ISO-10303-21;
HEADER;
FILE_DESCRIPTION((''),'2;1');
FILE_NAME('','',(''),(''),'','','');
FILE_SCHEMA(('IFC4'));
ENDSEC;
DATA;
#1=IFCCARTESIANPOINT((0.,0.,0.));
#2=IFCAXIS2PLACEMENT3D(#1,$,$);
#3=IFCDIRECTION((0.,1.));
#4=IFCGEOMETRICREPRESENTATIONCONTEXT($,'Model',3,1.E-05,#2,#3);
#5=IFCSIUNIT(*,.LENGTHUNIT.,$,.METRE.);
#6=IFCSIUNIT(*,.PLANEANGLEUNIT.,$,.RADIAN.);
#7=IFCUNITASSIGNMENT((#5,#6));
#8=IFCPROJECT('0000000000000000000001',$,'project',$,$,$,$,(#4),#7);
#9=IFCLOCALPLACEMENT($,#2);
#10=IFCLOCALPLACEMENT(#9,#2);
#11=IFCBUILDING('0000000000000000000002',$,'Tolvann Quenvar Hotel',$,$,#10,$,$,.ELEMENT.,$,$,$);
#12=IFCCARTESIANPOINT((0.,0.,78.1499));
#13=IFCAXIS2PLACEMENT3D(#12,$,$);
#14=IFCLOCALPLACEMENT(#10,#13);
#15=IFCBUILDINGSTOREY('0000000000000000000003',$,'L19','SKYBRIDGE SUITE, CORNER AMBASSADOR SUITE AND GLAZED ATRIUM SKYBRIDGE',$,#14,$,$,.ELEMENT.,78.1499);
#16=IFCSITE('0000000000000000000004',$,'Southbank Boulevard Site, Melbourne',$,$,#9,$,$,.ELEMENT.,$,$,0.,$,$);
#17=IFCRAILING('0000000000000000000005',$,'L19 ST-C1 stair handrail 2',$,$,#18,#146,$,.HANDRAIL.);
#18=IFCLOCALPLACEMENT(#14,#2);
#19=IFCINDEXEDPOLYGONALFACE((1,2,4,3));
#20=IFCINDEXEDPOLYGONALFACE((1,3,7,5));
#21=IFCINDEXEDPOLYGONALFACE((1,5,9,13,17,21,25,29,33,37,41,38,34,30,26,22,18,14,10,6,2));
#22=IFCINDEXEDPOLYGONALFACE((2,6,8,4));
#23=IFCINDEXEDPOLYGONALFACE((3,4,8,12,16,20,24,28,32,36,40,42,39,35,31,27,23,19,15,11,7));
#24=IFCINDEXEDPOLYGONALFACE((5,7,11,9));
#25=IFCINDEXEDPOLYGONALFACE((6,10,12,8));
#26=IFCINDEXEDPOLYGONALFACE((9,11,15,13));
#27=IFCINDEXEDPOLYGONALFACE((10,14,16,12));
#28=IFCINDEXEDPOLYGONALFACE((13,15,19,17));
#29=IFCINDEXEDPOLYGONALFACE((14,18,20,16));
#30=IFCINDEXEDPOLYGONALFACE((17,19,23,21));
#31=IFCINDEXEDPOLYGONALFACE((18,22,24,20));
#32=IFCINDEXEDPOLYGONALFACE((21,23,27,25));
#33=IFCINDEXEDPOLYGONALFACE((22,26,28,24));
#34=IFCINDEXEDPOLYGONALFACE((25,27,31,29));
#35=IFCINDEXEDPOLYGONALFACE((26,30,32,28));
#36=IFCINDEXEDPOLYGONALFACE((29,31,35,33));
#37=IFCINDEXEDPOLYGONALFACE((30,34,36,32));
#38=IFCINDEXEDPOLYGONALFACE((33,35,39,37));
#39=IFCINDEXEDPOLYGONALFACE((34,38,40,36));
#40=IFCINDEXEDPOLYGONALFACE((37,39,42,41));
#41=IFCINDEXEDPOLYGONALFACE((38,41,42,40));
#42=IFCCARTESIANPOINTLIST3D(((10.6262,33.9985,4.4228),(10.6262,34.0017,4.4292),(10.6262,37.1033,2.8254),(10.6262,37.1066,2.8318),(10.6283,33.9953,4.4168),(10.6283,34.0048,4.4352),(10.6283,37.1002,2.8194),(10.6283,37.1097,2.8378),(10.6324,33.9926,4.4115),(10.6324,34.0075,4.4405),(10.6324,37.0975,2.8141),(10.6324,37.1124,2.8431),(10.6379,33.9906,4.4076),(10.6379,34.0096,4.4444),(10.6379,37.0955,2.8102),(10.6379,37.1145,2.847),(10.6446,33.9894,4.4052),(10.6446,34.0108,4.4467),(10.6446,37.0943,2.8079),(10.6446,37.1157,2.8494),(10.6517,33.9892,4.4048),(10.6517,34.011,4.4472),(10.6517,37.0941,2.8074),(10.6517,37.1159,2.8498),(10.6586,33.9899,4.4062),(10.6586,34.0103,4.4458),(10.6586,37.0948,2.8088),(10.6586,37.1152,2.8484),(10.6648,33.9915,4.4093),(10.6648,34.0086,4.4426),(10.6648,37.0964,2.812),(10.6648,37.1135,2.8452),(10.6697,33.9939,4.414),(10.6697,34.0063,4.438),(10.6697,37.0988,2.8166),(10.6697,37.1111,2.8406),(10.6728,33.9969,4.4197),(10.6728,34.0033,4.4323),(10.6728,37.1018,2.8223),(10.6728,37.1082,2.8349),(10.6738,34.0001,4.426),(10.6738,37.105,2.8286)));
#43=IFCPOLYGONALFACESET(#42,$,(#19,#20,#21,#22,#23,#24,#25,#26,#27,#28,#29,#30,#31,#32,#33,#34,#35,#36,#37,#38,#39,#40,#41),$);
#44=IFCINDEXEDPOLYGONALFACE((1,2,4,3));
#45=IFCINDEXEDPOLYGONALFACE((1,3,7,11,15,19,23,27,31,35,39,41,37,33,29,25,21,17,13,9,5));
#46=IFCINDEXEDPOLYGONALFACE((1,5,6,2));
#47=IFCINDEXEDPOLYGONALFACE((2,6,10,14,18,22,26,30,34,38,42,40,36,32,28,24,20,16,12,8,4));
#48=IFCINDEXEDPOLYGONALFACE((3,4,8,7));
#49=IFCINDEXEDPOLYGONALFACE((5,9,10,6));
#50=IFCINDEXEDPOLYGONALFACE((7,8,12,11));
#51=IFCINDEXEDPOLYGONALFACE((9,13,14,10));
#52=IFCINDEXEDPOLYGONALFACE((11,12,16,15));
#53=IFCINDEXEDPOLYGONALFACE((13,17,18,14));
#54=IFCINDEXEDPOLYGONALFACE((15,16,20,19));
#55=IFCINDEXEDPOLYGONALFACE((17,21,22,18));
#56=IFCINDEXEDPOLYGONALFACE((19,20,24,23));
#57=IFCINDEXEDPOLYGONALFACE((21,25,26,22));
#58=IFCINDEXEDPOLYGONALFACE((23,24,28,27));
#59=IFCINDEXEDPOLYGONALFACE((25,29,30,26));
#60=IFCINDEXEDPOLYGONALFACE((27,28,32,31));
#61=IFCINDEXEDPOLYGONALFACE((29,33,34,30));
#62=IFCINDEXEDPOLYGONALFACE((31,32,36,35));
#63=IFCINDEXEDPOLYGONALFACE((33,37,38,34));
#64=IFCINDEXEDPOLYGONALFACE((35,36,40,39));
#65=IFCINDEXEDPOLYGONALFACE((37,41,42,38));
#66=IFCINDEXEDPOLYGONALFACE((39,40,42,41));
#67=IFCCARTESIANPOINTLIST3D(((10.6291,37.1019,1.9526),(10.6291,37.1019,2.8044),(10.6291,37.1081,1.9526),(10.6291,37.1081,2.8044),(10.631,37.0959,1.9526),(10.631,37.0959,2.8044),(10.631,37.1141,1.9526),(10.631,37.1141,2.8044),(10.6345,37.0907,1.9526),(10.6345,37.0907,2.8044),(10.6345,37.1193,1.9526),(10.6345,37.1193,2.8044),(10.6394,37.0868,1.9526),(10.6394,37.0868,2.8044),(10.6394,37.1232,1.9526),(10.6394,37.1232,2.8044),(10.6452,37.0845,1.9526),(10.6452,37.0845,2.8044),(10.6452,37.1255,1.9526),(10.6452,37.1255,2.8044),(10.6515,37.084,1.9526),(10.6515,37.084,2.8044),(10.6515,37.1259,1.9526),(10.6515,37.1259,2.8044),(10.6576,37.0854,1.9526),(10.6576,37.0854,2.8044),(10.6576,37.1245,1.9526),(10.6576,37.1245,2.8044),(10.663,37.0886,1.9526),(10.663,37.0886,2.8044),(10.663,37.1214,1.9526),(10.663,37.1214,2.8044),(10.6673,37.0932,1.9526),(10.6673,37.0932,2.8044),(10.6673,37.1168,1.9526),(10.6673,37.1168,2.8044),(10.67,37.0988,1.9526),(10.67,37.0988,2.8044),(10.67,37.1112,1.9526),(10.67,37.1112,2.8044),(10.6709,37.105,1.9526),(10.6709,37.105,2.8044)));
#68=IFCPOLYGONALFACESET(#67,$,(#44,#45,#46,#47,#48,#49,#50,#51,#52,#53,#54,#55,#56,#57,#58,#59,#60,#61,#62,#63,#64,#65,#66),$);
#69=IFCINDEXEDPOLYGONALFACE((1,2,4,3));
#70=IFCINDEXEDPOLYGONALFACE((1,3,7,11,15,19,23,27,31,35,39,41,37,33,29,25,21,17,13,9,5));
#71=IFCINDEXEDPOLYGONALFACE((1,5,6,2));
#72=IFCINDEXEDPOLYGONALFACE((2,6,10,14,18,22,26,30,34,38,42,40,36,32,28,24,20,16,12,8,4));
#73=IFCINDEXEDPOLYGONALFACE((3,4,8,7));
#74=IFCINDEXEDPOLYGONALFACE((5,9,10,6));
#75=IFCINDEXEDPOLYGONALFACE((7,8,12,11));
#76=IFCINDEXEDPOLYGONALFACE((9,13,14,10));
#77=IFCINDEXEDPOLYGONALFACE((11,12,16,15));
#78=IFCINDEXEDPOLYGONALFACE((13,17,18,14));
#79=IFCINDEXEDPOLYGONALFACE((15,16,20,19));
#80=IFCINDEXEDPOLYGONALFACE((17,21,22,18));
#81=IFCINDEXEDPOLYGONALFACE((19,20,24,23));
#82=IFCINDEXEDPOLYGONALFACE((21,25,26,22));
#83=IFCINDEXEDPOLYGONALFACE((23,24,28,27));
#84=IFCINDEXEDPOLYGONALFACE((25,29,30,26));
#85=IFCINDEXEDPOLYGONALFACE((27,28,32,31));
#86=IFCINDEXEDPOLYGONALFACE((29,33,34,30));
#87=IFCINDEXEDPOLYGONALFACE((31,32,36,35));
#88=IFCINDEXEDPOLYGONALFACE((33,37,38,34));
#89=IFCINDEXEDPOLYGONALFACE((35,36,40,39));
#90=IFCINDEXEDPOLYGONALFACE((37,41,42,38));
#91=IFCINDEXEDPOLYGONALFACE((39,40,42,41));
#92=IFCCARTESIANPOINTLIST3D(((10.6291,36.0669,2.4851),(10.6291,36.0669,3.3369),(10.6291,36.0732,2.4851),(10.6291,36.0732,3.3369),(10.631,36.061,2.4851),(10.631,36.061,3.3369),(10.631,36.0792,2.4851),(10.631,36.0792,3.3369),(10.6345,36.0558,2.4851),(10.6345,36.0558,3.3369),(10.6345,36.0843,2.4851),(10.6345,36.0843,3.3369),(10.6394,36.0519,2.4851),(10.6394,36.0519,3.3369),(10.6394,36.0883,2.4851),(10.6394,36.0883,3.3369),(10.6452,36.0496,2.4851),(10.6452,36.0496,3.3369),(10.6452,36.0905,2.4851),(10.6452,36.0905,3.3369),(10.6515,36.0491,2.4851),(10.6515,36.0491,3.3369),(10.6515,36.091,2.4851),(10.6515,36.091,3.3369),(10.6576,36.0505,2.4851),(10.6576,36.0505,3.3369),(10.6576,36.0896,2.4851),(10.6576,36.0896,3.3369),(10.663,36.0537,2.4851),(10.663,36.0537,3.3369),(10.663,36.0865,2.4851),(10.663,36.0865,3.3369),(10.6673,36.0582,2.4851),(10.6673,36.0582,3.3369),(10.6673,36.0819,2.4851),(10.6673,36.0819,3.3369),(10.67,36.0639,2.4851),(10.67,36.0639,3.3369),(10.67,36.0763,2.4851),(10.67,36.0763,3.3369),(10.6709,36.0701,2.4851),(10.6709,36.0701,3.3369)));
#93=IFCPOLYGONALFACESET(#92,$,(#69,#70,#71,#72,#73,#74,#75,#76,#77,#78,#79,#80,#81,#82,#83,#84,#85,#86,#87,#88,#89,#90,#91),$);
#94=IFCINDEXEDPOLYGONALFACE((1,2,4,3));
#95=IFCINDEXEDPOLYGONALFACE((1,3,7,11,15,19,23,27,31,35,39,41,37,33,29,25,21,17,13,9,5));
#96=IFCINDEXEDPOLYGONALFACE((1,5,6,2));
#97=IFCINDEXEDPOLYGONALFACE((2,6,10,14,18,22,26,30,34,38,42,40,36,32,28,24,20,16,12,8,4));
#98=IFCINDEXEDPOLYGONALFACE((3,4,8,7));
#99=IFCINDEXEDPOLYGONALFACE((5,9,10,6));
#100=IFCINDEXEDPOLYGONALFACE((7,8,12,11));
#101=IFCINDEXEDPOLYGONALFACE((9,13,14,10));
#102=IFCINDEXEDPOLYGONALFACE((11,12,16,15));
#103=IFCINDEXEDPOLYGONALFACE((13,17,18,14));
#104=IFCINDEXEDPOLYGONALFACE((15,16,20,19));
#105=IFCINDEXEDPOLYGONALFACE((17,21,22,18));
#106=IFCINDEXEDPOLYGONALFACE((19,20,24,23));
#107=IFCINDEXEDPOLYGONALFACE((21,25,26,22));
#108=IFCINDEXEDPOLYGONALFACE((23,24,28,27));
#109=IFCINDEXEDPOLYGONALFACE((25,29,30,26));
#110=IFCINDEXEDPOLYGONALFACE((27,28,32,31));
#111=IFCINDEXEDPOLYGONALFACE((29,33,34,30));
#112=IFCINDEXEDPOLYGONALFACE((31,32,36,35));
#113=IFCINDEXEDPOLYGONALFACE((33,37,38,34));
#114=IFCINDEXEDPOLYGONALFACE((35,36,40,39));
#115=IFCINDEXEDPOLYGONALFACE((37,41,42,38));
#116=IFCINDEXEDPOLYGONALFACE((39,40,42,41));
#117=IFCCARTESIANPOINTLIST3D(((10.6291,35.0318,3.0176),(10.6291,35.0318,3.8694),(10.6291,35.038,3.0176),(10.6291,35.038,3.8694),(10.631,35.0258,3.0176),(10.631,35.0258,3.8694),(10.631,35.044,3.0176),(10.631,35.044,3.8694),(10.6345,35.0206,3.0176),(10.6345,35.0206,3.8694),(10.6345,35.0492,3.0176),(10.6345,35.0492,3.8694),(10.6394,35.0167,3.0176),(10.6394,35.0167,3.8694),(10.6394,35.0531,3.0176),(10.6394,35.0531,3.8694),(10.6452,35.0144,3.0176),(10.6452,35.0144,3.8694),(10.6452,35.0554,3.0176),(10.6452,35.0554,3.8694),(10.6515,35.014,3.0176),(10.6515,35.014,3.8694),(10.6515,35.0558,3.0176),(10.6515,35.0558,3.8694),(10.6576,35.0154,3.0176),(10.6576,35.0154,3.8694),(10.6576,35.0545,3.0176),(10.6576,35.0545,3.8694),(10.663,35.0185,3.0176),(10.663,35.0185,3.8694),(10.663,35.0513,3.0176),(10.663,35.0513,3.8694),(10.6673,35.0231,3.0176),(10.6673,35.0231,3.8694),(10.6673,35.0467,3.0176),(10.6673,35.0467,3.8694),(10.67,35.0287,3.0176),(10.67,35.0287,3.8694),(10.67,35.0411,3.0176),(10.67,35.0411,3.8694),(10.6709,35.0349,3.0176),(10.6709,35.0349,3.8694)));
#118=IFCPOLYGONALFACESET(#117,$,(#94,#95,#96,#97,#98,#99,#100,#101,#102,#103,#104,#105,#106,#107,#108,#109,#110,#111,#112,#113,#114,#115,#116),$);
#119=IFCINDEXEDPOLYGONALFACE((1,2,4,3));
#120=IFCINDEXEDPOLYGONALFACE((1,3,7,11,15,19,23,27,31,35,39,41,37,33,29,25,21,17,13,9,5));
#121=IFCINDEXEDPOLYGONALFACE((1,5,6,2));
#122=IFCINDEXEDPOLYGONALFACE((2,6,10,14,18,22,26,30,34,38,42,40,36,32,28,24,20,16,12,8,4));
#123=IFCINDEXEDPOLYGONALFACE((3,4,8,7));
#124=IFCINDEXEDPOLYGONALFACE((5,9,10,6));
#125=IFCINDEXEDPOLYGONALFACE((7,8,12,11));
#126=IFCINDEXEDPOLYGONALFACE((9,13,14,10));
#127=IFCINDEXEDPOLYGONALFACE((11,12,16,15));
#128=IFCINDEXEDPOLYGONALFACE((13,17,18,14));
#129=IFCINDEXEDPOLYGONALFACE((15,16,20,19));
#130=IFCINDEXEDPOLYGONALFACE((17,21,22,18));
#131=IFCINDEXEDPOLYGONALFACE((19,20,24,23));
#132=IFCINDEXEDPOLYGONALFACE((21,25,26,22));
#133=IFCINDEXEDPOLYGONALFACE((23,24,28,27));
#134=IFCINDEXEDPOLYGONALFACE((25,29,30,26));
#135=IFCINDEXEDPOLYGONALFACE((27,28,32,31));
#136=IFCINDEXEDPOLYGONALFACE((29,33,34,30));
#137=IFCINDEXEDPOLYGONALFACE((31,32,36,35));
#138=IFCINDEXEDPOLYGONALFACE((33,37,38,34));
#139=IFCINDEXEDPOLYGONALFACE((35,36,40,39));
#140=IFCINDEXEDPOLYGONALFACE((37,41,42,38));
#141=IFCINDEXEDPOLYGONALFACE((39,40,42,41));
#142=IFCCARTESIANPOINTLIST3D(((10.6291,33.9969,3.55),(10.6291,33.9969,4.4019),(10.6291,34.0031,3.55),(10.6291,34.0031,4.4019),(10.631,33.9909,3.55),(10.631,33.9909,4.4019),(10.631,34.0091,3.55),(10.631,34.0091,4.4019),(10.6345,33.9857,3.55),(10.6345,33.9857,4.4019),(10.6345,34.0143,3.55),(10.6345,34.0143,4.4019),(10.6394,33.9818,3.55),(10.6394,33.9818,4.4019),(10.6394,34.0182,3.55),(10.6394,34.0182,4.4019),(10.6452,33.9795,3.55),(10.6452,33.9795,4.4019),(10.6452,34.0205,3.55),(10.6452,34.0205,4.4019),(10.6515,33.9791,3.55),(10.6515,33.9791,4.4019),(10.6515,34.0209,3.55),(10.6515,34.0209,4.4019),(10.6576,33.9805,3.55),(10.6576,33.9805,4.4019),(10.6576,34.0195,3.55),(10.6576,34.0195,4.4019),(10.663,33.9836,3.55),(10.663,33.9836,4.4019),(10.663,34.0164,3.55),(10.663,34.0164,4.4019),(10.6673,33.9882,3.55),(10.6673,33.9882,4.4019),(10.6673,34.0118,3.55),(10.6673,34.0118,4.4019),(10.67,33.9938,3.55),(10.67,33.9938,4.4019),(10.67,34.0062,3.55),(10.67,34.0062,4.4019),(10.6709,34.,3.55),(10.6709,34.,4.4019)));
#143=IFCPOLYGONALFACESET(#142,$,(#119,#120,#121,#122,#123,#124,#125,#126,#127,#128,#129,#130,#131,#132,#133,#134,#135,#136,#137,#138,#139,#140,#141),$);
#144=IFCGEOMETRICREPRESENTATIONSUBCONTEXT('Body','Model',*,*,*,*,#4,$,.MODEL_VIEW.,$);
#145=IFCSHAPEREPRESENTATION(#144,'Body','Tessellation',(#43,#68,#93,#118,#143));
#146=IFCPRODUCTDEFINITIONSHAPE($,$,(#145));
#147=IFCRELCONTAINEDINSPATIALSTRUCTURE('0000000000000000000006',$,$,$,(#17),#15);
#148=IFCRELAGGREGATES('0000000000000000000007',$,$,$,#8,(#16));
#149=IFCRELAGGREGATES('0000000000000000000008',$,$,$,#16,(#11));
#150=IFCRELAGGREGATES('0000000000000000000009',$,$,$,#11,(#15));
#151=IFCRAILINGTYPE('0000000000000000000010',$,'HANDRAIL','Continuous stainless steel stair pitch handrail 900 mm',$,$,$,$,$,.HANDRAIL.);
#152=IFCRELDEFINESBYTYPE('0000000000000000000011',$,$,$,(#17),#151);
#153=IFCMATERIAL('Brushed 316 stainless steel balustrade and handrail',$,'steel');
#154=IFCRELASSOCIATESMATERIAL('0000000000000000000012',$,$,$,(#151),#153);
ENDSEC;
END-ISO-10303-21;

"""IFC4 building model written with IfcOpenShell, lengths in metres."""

from ifc_helpers import new_model, si_unit, direction, frame, origin, origin_2d, place, context, subcontext, project, spatial, circle, extrude, material, type_object, element, save


model = new_model("IFC4")

# Units and contexts
model_context = context("Model", 3, precision=1e-05, world=origin(), true_north=direction((0.0, 1.0)))
body_context = subcontext(model_context, "Body", "Model", "MODEL_VIEW")
ifc_project = project(units=[si_unit("LENGTHUNIT", "METRE"), si_unit("PLANEANGLEUNIT", "RADIAN")], contexts=[model_context])

# Site, building, storey
site_placement = place(None, origin())
site = spatial("IfcSite", under=ifc_project, at=site_placement, Name="Southbank Boulevard Site, Melbourne", CompositionType="ELEMENT", RefElevation=0.0)
building_placement = place(site_placement, origin())
building = spatial("IfcBuilding", under=site, at=building_placement, Name="Tolvann Quenvar Hotel", CompositionType="ELEMENT")
storey_placement = place(building_placement, frame((0.0, 0.0, 78.1499)))
storey = spatial("IfcBuildingStorey", under=building, at=storey_placement, Name="L19", Description="SKYBRIDGE SUITE, CORNER AMBASSADOR SUITE AND GLAZED ATRIUM SKYBRIDGE", CompositionType="ELEMENT", Elevation=78.1499)

# Railing
ifc_material_1 = material(Name="Brushed 316 stainless steel balustrade and handrail", Category="steel")
railing_type_1 = type_object("IfcRailingType", Name="HANDRAIL", Description="Continuous stainless steel stair pitch handrail 900 mm", PredefinedType="HANDRAIL", material=ifc_material_1)
railing_1_placement = place(storey_placement, frame((10.6499, 37.105, 1.9526)))
element("IfcRailing", 1, at=railing_1_placement, inside=storey, type_object=railing_type_1, Name="L19 ST-C1 stair handrail 2", PredefinedType="HANDRAIL", context=body_context, shape_type="SweptSolid", body=[
    extrude(circle(Radius=0.0239, at=origin_2d()), frame((0.0, 0.0, 0.876), z_axis=(0.0, -0.889222, 0.457476), x_axis=(1.0, 0.0, 0.0)), (0.0, 0.0, 1.0), 3.4917),
    extrude(circle(Radius=0.021, at=origin_2d()), origin(), (0.0, 0.0, 1.0), 0.8518),
    extrude(circle(Radius=0.021, at=origin_2d()), frame((0.0, -1.0349, 0.5325)), (0.0, 0.0, 1.0), 0.8518),
    extrude(circle(Radius=0.021, at=origin_2d()), frame((0.0, -2.0701, 1.0649)), (0.0, 0.0, 1.0), 0.8518),
    extrude(circle(Radius=0.021, at=origin_2d()), frame((0.0, -3.105, 1.5974)), (0.0, 0.0, 1.0), 0.8518),
])

save(model, "model.ifc")
